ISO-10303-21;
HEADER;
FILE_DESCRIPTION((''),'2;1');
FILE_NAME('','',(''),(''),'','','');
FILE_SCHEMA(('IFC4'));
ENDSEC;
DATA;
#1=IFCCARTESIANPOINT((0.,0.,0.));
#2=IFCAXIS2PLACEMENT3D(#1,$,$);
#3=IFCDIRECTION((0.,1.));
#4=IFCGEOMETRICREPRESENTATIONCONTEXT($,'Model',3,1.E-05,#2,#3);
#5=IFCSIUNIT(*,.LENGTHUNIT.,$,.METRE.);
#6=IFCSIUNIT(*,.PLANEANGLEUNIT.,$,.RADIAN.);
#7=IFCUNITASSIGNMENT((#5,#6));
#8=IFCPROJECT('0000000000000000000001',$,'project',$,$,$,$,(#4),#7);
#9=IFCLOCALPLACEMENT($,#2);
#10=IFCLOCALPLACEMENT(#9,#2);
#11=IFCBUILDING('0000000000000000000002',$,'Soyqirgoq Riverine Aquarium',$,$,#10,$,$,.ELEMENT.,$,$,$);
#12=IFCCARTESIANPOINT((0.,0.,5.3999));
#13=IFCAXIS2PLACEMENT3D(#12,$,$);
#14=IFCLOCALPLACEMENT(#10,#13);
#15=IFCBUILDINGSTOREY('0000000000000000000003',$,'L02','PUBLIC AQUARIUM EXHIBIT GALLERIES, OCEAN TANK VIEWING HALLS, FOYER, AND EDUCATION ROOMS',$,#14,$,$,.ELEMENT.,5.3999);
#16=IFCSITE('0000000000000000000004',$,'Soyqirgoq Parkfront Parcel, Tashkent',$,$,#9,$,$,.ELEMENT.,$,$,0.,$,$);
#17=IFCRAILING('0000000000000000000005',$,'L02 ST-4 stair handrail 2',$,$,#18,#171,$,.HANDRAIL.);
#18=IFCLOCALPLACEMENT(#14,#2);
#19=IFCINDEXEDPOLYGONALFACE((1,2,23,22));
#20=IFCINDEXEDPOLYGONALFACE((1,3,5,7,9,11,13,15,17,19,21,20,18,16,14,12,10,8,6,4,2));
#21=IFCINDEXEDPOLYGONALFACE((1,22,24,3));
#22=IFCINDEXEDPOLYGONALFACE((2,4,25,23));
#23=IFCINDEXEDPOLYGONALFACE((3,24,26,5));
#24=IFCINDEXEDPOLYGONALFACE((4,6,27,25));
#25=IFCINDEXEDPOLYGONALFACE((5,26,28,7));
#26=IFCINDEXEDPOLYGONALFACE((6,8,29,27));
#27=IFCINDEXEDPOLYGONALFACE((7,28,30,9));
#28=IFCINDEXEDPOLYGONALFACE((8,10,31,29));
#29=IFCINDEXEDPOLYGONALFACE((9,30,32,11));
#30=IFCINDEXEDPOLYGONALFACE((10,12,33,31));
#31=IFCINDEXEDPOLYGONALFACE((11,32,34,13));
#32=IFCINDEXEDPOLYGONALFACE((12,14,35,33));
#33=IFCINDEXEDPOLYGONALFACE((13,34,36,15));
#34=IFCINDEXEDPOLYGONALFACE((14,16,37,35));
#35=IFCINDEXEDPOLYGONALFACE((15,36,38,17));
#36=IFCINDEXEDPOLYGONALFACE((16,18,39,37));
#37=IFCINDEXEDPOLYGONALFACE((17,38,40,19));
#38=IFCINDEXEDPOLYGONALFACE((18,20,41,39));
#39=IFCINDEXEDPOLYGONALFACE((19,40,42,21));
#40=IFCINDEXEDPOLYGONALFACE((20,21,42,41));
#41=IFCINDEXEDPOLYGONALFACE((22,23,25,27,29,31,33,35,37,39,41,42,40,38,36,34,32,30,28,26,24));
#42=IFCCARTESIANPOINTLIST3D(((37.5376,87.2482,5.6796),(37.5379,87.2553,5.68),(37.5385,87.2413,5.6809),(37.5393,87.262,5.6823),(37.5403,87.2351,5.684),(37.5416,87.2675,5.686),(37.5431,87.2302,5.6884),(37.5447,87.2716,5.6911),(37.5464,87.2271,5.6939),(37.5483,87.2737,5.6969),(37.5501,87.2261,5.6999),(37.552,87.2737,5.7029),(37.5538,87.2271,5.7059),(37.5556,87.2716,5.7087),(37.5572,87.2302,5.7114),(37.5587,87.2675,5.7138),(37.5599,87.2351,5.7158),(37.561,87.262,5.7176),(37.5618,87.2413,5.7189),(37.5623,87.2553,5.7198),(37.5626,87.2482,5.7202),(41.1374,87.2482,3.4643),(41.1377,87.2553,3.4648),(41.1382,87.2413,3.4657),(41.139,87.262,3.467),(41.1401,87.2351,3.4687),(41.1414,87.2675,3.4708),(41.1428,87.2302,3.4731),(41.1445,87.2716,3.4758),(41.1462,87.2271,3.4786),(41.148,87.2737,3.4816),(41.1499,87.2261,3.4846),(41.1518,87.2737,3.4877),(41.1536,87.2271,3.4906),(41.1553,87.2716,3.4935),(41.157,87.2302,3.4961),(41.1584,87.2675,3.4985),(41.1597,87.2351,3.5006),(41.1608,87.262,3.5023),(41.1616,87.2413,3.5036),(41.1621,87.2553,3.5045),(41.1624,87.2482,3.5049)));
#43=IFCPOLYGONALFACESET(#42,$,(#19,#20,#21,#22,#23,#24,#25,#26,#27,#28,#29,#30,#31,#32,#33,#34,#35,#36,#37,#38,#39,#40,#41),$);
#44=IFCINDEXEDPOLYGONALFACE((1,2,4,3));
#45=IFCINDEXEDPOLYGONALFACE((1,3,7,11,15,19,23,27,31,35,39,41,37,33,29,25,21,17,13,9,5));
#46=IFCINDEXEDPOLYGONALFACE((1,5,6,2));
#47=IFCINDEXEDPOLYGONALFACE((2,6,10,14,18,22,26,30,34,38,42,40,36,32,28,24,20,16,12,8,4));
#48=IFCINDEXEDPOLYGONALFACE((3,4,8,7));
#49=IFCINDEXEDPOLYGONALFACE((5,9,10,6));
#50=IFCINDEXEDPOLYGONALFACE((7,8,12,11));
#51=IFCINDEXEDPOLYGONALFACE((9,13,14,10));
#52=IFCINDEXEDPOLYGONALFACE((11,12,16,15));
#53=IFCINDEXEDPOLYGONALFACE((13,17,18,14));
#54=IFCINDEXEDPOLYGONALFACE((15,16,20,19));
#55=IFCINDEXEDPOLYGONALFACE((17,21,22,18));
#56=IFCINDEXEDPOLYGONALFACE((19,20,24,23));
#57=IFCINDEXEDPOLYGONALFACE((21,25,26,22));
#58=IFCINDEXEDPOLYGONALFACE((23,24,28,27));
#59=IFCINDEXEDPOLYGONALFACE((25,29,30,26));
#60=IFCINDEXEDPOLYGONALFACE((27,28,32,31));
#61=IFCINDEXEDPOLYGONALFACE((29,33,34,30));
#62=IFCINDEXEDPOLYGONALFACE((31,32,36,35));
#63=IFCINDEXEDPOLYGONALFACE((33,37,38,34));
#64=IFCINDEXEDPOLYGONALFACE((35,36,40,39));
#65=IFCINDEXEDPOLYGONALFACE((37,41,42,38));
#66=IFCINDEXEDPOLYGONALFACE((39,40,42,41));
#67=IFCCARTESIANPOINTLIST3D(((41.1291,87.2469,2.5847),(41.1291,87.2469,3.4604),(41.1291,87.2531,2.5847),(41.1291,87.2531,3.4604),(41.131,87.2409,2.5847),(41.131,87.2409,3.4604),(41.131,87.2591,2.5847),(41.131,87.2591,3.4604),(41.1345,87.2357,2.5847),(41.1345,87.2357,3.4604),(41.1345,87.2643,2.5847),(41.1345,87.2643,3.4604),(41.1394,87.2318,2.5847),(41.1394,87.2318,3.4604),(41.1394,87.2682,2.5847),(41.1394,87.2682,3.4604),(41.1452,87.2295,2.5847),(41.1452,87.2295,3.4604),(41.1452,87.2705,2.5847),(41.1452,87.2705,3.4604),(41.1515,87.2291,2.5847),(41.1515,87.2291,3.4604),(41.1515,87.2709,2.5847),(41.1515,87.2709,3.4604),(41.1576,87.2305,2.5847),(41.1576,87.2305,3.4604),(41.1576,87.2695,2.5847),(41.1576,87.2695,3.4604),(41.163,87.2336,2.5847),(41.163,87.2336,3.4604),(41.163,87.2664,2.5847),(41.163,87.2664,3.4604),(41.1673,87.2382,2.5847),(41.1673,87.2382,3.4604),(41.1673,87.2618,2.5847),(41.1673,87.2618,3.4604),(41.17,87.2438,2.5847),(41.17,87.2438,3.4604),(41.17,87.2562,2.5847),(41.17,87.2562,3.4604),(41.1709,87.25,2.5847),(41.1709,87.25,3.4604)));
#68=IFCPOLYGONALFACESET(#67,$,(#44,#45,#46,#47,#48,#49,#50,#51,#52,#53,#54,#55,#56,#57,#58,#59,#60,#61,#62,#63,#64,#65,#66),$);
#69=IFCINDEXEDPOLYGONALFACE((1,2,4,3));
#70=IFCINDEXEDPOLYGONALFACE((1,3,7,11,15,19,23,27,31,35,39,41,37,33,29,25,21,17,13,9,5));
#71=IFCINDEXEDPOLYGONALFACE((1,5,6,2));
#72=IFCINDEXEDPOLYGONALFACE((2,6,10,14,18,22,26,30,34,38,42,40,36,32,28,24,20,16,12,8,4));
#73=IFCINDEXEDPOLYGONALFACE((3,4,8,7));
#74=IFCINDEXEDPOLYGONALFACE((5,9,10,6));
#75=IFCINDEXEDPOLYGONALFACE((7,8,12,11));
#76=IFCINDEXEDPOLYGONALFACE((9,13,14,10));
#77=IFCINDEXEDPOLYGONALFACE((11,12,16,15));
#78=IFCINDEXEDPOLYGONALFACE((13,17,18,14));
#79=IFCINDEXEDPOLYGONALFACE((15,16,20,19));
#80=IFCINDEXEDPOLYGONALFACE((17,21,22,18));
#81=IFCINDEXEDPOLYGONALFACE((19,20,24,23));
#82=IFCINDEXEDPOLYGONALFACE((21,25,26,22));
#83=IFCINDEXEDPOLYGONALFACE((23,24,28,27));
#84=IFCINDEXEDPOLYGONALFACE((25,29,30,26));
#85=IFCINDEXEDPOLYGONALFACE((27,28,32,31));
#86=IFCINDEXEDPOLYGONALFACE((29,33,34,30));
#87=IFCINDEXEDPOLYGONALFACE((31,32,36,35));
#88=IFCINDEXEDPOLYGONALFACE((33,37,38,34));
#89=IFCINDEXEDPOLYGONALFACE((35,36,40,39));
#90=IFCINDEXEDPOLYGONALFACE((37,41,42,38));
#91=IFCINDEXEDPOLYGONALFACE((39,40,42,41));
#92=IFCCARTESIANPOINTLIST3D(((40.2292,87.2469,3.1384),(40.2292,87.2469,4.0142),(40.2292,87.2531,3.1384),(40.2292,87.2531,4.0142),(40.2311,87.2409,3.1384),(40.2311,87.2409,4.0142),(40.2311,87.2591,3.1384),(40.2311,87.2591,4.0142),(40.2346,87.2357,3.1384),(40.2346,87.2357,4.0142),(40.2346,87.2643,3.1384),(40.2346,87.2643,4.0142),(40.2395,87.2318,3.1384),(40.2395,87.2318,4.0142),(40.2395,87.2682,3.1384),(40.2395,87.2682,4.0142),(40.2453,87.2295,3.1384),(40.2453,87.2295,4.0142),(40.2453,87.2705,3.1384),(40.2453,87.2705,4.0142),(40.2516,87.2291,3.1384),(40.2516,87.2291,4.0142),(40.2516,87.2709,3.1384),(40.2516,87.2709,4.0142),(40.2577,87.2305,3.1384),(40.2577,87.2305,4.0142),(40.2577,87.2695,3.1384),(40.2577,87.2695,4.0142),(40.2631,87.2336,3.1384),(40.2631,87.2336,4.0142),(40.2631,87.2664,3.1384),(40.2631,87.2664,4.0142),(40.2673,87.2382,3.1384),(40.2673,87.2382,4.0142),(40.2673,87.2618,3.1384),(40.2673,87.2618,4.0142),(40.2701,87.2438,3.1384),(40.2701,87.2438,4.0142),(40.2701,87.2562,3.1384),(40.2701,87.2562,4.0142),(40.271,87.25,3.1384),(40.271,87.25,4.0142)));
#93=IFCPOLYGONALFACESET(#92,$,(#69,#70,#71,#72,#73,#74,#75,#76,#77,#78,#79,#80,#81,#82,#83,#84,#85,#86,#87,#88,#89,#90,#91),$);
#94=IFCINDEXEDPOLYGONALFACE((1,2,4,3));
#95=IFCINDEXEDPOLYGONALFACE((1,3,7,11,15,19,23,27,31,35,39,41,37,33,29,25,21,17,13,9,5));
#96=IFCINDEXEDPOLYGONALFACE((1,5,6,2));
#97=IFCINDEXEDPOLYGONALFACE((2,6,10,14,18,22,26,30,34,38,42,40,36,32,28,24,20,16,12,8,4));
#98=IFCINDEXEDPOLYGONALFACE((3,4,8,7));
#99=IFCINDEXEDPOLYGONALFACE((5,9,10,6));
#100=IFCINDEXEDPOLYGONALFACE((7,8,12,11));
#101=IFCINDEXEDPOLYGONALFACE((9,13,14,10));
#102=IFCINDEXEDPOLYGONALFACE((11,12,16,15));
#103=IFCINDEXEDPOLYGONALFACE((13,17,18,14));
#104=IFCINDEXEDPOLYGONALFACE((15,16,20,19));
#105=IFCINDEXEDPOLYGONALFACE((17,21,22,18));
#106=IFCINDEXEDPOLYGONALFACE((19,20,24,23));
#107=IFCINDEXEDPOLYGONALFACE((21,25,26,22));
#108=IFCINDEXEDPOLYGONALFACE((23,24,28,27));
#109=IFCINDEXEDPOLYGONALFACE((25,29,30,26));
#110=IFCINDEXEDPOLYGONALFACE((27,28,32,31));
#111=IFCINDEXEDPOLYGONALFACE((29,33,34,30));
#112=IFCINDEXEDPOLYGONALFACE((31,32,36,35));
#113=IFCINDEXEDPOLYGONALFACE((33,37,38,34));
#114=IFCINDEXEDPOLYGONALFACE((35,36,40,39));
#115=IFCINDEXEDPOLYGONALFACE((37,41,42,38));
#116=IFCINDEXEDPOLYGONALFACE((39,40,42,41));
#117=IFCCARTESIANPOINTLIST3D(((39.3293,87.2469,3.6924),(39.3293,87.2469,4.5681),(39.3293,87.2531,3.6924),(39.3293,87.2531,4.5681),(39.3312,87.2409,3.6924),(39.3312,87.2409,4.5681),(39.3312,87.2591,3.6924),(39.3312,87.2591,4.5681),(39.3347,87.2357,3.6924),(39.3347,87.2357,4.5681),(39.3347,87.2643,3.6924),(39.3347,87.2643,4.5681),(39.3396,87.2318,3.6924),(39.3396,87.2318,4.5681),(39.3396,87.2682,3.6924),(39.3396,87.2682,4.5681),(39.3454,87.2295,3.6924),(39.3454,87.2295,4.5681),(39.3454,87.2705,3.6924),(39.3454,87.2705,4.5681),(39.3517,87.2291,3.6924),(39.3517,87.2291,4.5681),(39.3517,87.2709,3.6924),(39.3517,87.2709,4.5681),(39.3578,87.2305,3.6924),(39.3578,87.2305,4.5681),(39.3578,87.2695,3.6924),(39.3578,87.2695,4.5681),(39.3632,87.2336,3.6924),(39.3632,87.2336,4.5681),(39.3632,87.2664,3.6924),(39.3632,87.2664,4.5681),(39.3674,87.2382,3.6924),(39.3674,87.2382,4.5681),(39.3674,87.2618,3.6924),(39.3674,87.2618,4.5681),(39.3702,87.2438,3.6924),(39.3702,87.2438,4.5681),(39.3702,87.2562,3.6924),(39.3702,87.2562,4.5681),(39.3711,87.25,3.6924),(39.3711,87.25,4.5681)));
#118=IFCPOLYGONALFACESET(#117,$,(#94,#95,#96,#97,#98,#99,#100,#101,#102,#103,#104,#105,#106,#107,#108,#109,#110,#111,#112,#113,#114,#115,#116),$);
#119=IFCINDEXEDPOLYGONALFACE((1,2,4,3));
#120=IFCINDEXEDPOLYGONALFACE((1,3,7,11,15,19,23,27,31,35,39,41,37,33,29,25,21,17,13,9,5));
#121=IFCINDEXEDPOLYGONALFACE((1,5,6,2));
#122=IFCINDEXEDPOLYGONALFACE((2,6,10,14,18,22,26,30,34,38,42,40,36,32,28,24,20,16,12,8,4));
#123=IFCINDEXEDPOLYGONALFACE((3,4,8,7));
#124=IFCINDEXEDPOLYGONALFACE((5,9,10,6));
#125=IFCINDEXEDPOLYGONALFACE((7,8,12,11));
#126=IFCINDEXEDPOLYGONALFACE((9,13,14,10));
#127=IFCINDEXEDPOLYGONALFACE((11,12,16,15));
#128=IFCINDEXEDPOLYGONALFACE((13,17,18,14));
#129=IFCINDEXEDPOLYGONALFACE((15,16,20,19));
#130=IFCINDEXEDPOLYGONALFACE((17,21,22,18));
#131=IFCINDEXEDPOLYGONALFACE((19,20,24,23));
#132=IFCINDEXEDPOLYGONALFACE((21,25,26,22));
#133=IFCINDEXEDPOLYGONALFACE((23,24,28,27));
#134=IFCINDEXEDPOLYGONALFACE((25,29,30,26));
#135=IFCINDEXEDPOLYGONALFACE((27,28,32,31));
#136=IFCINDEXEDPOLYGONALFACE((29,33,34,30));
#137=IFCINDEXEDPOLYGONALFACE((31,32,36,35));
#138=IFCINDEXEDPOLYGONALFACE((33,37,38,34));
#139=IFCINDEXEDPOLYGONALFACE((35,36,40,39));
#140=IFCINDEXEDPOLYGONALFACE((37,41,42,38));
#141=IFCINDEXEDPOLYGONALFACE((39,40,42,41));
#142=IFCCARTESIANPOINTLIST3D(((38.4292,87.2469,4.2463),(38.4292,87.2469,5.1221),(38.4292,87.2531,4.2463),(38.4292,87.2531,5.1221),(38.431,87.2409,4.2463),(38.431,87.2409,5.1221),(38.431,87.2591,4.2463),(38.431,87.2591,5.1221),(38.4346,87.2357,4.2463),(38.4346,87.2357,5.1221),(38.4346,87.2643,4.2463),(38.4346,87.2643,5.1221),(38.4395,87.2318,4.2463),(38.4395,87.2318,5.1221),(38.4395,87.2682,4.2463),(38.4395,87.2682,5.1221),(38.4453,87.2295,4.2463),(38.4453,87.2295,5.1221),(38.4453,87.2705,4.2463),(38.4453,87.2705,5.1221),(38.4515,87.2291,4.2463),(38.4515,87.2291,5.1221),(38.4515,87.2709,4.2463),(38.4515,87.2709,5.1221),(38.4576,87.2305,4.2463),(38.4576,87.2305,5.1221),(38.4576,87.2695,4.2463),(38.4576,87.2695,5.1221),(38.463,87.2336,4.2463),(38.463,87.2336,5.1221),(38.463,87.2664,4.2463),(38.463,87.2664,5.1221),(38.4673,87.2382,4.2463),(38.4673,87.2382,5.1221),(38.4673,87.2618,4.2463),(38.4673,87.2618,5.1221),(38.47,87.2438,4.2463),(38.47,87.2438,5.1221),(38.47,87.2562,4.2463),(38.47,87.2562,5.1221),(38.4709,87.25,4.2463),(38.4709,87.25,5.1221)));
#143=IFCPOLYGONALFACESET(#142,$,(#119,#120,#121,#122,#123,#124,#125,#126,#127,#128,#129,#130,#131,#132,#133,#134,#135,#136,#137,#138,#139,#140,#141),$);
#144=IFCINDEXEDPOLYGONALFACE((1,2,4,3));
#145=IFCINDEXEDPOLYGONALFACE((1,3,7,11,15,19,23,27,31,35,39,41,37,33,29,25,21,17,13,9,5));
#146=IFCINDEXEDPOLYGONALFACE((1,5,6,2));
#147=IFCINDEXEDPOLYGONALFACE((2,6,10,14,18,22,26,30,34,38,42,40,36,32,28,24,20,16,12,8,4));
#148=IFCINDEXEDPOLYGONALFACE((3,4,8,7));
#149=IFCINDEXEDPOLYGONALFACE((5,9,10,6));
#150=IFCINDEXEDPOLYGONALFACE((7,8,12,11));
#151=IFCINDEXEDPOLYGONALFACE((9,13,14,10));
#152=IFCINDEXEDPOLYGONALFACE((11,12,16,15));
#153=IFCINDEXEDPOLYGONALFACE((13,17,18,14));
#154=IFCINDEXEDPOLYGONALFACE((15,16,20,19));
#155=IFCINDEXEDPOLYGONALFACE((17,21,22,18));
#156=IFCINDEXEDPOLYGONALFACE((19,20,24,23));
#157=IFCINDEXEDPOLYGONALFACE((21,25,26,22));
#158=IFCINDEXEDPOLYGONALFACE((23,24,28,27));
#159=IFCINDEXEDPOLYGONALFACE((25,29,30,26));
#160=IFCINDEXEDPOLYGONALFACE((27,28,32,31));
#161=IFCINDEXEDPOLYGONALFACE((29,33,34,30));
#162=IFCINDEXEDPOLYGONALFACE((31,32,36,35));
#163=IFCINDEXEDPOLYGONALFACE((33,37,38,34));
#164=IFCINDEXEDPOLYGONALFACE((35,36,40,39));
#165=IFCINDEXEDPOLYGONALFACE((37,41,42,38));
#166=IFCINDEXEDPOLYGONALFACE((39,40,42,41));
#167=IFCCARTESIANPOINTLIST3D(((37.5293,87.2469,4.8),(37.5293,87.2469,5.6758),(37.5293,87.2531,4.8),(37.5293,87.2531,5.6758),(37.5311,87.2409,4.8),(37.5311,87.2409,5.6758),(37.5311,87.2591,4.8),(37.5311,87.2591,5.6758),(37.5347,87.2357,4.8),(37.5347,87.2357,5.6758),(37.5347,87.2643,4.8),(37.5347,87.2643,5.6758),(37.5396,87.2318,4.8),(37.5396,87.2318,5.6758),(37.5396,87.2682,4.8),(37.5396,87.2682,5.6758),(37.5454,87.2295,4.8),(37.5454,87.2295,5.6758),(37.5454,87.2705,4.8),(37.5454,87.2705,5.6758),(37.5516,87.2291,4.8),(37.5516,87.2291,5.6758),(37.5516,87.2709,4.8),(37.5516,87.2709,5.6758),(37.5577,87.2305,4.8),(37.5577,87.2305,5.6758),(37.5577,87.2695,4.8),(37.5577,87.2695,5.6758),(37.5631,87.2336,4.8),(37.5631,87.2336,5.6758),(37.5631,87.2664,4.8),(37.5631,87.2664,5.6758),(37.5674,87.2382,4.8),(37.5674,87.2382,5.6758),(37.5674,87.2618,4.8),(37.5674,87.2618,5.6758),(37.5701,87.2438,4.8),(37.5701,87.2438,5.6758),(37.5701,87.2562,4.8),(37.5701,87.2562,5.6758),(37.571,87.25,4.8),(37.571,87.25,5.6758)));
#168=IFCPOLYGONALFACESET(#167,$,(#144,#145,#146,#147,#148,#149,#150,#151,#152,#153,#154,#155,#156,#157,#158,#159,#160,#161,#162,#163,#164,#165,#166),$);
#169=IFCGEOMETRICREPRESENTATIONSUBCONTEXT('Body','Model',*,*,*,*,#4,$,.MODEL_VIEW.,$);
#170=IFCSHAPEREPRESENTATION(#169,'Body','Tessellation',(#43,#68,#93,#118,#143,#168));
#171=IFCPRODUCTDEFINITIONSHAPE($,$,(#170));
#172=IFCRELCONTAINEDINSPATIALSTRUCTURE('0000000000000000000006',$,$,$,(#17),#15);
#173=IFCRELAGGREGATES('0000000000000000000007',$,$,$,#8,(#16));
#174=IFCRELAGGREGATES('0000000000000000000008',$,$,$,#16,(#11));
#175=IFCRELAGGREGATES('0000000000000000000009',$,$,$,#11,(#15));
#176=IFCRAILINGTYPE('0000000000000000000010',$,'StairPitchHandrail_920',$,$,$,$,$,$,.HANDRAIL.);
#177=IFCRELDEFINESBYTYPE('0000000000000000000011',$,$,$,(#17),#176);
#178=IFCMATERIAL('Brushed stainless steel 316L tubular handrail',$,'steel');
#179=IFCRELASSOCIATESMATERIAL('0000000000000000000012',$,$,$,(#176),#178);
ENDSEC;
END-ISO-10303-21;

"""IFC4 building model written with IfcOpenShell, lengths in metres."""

from ifc_helpers import new_model, si_unit, direction, frame, origin, origin_2d, place, context, subcontext, project, spatial, circle, extrude, material, type_object, element, save


model = new_model("IFC4")

# Units and contexts
model_context = context("Model", 3, precision=1e-05, world=origin(), true_north=direction((0.0, 1.0)))
body_context = subcontext(model_context, "Body", "Model", "MODEL_VIEW")
ifc_project = project(units=[si_unit("LENGTHUNIT", "METRE"), si_unit("PLANEANGLEUNIT", "RADIAN")], contexts=[model_context])

# Site, building, storey
site_placement = place(None, origin())
site = spatial("IfcSite", under=ifc_project, at=site_placement, Name="Soyqirgoq Parkfront Parcel, Tashkent", CompositionType="ELEMENT", RefElevation=0.0)
building_placement = place(site_placement, origin())
building = spatial("IfcBuilding", under=site, at=building_placement, Name="Soyqirgoq Riverine Aquarium", CompositionType="ELEMENT")
storey_placement = place(building_placement, frame((0.0, 0.0, 5.3999)))
storey = spatial("IfcBuildingStorey", under=building, at=storey_placement, Name="L02", Description="PUBLIC AQUARIUM EXHIBIT GALLERIES, OCEAN TANK VIEWING HALLS, FOYER, AND EDUCATION ROOMS", CompositionType="ELEMENT", Elevation=5.3999)

# Railing
ifc_material_1 = material(Name="Brushed stainless steel 316L tubular handrail", Category="steel")
railing_type_1 = type_object("IfcRailingType", Name="StairPitchHandrail_920", PredefinedType="HANDRAIL", material=ifc_material_1)
railing_1_placement = place(storey_placement, frame((41.1499, 87.25, 2.5847)))
element("IfcRailing", 1, at=railing_1_placement, inside=storey, type_object=railing_type_1, Name="L02 ST-4 stair handrail 2", PredefinedType="HANDRAIL", context=body_context, shape_type="SweptSolid", body=[
    extrude(circle(Radius=0.0239, at=origin_2d()), frame((0.0, 0.0, 0.8999), z_axis=(-0.851654, 0.0, 0.524104), x_axis=(0.0, -1.0, 0.0)), (0.0, 0.0, 1.0), 4.2268),
    extrude(circle(Radius=0.021, at=origin_2d()), origin(), (0.0, 0.0, 1.0), 0.8757),
    extrude(circle(Radius=0.021, at=origin_2d()), frame((-0.8999, 0.0, 0.5537)), (0.0, 0.0, 1.0), 0.8757),
    extrude(circle(Radius=0.021, at=origin_2d()), frame((-1.7998, 0.0, 1.1077)), (0.0, 0.0, 1.0), 0.8757),
    extrude(circle(Radius=0.021, at=origin_2d()), frame((-2.7, 0.0, 1.6616)), (0.0, 0.0, 1.0), 0.8757),
    extrude(circle(Radius=0.021, at=origin_2d()), frame((-3.5999, 0.0, 2.2153)), (0.0, 0.0, 1.0), 0.8757),
])

save(model, "model.ifc")
